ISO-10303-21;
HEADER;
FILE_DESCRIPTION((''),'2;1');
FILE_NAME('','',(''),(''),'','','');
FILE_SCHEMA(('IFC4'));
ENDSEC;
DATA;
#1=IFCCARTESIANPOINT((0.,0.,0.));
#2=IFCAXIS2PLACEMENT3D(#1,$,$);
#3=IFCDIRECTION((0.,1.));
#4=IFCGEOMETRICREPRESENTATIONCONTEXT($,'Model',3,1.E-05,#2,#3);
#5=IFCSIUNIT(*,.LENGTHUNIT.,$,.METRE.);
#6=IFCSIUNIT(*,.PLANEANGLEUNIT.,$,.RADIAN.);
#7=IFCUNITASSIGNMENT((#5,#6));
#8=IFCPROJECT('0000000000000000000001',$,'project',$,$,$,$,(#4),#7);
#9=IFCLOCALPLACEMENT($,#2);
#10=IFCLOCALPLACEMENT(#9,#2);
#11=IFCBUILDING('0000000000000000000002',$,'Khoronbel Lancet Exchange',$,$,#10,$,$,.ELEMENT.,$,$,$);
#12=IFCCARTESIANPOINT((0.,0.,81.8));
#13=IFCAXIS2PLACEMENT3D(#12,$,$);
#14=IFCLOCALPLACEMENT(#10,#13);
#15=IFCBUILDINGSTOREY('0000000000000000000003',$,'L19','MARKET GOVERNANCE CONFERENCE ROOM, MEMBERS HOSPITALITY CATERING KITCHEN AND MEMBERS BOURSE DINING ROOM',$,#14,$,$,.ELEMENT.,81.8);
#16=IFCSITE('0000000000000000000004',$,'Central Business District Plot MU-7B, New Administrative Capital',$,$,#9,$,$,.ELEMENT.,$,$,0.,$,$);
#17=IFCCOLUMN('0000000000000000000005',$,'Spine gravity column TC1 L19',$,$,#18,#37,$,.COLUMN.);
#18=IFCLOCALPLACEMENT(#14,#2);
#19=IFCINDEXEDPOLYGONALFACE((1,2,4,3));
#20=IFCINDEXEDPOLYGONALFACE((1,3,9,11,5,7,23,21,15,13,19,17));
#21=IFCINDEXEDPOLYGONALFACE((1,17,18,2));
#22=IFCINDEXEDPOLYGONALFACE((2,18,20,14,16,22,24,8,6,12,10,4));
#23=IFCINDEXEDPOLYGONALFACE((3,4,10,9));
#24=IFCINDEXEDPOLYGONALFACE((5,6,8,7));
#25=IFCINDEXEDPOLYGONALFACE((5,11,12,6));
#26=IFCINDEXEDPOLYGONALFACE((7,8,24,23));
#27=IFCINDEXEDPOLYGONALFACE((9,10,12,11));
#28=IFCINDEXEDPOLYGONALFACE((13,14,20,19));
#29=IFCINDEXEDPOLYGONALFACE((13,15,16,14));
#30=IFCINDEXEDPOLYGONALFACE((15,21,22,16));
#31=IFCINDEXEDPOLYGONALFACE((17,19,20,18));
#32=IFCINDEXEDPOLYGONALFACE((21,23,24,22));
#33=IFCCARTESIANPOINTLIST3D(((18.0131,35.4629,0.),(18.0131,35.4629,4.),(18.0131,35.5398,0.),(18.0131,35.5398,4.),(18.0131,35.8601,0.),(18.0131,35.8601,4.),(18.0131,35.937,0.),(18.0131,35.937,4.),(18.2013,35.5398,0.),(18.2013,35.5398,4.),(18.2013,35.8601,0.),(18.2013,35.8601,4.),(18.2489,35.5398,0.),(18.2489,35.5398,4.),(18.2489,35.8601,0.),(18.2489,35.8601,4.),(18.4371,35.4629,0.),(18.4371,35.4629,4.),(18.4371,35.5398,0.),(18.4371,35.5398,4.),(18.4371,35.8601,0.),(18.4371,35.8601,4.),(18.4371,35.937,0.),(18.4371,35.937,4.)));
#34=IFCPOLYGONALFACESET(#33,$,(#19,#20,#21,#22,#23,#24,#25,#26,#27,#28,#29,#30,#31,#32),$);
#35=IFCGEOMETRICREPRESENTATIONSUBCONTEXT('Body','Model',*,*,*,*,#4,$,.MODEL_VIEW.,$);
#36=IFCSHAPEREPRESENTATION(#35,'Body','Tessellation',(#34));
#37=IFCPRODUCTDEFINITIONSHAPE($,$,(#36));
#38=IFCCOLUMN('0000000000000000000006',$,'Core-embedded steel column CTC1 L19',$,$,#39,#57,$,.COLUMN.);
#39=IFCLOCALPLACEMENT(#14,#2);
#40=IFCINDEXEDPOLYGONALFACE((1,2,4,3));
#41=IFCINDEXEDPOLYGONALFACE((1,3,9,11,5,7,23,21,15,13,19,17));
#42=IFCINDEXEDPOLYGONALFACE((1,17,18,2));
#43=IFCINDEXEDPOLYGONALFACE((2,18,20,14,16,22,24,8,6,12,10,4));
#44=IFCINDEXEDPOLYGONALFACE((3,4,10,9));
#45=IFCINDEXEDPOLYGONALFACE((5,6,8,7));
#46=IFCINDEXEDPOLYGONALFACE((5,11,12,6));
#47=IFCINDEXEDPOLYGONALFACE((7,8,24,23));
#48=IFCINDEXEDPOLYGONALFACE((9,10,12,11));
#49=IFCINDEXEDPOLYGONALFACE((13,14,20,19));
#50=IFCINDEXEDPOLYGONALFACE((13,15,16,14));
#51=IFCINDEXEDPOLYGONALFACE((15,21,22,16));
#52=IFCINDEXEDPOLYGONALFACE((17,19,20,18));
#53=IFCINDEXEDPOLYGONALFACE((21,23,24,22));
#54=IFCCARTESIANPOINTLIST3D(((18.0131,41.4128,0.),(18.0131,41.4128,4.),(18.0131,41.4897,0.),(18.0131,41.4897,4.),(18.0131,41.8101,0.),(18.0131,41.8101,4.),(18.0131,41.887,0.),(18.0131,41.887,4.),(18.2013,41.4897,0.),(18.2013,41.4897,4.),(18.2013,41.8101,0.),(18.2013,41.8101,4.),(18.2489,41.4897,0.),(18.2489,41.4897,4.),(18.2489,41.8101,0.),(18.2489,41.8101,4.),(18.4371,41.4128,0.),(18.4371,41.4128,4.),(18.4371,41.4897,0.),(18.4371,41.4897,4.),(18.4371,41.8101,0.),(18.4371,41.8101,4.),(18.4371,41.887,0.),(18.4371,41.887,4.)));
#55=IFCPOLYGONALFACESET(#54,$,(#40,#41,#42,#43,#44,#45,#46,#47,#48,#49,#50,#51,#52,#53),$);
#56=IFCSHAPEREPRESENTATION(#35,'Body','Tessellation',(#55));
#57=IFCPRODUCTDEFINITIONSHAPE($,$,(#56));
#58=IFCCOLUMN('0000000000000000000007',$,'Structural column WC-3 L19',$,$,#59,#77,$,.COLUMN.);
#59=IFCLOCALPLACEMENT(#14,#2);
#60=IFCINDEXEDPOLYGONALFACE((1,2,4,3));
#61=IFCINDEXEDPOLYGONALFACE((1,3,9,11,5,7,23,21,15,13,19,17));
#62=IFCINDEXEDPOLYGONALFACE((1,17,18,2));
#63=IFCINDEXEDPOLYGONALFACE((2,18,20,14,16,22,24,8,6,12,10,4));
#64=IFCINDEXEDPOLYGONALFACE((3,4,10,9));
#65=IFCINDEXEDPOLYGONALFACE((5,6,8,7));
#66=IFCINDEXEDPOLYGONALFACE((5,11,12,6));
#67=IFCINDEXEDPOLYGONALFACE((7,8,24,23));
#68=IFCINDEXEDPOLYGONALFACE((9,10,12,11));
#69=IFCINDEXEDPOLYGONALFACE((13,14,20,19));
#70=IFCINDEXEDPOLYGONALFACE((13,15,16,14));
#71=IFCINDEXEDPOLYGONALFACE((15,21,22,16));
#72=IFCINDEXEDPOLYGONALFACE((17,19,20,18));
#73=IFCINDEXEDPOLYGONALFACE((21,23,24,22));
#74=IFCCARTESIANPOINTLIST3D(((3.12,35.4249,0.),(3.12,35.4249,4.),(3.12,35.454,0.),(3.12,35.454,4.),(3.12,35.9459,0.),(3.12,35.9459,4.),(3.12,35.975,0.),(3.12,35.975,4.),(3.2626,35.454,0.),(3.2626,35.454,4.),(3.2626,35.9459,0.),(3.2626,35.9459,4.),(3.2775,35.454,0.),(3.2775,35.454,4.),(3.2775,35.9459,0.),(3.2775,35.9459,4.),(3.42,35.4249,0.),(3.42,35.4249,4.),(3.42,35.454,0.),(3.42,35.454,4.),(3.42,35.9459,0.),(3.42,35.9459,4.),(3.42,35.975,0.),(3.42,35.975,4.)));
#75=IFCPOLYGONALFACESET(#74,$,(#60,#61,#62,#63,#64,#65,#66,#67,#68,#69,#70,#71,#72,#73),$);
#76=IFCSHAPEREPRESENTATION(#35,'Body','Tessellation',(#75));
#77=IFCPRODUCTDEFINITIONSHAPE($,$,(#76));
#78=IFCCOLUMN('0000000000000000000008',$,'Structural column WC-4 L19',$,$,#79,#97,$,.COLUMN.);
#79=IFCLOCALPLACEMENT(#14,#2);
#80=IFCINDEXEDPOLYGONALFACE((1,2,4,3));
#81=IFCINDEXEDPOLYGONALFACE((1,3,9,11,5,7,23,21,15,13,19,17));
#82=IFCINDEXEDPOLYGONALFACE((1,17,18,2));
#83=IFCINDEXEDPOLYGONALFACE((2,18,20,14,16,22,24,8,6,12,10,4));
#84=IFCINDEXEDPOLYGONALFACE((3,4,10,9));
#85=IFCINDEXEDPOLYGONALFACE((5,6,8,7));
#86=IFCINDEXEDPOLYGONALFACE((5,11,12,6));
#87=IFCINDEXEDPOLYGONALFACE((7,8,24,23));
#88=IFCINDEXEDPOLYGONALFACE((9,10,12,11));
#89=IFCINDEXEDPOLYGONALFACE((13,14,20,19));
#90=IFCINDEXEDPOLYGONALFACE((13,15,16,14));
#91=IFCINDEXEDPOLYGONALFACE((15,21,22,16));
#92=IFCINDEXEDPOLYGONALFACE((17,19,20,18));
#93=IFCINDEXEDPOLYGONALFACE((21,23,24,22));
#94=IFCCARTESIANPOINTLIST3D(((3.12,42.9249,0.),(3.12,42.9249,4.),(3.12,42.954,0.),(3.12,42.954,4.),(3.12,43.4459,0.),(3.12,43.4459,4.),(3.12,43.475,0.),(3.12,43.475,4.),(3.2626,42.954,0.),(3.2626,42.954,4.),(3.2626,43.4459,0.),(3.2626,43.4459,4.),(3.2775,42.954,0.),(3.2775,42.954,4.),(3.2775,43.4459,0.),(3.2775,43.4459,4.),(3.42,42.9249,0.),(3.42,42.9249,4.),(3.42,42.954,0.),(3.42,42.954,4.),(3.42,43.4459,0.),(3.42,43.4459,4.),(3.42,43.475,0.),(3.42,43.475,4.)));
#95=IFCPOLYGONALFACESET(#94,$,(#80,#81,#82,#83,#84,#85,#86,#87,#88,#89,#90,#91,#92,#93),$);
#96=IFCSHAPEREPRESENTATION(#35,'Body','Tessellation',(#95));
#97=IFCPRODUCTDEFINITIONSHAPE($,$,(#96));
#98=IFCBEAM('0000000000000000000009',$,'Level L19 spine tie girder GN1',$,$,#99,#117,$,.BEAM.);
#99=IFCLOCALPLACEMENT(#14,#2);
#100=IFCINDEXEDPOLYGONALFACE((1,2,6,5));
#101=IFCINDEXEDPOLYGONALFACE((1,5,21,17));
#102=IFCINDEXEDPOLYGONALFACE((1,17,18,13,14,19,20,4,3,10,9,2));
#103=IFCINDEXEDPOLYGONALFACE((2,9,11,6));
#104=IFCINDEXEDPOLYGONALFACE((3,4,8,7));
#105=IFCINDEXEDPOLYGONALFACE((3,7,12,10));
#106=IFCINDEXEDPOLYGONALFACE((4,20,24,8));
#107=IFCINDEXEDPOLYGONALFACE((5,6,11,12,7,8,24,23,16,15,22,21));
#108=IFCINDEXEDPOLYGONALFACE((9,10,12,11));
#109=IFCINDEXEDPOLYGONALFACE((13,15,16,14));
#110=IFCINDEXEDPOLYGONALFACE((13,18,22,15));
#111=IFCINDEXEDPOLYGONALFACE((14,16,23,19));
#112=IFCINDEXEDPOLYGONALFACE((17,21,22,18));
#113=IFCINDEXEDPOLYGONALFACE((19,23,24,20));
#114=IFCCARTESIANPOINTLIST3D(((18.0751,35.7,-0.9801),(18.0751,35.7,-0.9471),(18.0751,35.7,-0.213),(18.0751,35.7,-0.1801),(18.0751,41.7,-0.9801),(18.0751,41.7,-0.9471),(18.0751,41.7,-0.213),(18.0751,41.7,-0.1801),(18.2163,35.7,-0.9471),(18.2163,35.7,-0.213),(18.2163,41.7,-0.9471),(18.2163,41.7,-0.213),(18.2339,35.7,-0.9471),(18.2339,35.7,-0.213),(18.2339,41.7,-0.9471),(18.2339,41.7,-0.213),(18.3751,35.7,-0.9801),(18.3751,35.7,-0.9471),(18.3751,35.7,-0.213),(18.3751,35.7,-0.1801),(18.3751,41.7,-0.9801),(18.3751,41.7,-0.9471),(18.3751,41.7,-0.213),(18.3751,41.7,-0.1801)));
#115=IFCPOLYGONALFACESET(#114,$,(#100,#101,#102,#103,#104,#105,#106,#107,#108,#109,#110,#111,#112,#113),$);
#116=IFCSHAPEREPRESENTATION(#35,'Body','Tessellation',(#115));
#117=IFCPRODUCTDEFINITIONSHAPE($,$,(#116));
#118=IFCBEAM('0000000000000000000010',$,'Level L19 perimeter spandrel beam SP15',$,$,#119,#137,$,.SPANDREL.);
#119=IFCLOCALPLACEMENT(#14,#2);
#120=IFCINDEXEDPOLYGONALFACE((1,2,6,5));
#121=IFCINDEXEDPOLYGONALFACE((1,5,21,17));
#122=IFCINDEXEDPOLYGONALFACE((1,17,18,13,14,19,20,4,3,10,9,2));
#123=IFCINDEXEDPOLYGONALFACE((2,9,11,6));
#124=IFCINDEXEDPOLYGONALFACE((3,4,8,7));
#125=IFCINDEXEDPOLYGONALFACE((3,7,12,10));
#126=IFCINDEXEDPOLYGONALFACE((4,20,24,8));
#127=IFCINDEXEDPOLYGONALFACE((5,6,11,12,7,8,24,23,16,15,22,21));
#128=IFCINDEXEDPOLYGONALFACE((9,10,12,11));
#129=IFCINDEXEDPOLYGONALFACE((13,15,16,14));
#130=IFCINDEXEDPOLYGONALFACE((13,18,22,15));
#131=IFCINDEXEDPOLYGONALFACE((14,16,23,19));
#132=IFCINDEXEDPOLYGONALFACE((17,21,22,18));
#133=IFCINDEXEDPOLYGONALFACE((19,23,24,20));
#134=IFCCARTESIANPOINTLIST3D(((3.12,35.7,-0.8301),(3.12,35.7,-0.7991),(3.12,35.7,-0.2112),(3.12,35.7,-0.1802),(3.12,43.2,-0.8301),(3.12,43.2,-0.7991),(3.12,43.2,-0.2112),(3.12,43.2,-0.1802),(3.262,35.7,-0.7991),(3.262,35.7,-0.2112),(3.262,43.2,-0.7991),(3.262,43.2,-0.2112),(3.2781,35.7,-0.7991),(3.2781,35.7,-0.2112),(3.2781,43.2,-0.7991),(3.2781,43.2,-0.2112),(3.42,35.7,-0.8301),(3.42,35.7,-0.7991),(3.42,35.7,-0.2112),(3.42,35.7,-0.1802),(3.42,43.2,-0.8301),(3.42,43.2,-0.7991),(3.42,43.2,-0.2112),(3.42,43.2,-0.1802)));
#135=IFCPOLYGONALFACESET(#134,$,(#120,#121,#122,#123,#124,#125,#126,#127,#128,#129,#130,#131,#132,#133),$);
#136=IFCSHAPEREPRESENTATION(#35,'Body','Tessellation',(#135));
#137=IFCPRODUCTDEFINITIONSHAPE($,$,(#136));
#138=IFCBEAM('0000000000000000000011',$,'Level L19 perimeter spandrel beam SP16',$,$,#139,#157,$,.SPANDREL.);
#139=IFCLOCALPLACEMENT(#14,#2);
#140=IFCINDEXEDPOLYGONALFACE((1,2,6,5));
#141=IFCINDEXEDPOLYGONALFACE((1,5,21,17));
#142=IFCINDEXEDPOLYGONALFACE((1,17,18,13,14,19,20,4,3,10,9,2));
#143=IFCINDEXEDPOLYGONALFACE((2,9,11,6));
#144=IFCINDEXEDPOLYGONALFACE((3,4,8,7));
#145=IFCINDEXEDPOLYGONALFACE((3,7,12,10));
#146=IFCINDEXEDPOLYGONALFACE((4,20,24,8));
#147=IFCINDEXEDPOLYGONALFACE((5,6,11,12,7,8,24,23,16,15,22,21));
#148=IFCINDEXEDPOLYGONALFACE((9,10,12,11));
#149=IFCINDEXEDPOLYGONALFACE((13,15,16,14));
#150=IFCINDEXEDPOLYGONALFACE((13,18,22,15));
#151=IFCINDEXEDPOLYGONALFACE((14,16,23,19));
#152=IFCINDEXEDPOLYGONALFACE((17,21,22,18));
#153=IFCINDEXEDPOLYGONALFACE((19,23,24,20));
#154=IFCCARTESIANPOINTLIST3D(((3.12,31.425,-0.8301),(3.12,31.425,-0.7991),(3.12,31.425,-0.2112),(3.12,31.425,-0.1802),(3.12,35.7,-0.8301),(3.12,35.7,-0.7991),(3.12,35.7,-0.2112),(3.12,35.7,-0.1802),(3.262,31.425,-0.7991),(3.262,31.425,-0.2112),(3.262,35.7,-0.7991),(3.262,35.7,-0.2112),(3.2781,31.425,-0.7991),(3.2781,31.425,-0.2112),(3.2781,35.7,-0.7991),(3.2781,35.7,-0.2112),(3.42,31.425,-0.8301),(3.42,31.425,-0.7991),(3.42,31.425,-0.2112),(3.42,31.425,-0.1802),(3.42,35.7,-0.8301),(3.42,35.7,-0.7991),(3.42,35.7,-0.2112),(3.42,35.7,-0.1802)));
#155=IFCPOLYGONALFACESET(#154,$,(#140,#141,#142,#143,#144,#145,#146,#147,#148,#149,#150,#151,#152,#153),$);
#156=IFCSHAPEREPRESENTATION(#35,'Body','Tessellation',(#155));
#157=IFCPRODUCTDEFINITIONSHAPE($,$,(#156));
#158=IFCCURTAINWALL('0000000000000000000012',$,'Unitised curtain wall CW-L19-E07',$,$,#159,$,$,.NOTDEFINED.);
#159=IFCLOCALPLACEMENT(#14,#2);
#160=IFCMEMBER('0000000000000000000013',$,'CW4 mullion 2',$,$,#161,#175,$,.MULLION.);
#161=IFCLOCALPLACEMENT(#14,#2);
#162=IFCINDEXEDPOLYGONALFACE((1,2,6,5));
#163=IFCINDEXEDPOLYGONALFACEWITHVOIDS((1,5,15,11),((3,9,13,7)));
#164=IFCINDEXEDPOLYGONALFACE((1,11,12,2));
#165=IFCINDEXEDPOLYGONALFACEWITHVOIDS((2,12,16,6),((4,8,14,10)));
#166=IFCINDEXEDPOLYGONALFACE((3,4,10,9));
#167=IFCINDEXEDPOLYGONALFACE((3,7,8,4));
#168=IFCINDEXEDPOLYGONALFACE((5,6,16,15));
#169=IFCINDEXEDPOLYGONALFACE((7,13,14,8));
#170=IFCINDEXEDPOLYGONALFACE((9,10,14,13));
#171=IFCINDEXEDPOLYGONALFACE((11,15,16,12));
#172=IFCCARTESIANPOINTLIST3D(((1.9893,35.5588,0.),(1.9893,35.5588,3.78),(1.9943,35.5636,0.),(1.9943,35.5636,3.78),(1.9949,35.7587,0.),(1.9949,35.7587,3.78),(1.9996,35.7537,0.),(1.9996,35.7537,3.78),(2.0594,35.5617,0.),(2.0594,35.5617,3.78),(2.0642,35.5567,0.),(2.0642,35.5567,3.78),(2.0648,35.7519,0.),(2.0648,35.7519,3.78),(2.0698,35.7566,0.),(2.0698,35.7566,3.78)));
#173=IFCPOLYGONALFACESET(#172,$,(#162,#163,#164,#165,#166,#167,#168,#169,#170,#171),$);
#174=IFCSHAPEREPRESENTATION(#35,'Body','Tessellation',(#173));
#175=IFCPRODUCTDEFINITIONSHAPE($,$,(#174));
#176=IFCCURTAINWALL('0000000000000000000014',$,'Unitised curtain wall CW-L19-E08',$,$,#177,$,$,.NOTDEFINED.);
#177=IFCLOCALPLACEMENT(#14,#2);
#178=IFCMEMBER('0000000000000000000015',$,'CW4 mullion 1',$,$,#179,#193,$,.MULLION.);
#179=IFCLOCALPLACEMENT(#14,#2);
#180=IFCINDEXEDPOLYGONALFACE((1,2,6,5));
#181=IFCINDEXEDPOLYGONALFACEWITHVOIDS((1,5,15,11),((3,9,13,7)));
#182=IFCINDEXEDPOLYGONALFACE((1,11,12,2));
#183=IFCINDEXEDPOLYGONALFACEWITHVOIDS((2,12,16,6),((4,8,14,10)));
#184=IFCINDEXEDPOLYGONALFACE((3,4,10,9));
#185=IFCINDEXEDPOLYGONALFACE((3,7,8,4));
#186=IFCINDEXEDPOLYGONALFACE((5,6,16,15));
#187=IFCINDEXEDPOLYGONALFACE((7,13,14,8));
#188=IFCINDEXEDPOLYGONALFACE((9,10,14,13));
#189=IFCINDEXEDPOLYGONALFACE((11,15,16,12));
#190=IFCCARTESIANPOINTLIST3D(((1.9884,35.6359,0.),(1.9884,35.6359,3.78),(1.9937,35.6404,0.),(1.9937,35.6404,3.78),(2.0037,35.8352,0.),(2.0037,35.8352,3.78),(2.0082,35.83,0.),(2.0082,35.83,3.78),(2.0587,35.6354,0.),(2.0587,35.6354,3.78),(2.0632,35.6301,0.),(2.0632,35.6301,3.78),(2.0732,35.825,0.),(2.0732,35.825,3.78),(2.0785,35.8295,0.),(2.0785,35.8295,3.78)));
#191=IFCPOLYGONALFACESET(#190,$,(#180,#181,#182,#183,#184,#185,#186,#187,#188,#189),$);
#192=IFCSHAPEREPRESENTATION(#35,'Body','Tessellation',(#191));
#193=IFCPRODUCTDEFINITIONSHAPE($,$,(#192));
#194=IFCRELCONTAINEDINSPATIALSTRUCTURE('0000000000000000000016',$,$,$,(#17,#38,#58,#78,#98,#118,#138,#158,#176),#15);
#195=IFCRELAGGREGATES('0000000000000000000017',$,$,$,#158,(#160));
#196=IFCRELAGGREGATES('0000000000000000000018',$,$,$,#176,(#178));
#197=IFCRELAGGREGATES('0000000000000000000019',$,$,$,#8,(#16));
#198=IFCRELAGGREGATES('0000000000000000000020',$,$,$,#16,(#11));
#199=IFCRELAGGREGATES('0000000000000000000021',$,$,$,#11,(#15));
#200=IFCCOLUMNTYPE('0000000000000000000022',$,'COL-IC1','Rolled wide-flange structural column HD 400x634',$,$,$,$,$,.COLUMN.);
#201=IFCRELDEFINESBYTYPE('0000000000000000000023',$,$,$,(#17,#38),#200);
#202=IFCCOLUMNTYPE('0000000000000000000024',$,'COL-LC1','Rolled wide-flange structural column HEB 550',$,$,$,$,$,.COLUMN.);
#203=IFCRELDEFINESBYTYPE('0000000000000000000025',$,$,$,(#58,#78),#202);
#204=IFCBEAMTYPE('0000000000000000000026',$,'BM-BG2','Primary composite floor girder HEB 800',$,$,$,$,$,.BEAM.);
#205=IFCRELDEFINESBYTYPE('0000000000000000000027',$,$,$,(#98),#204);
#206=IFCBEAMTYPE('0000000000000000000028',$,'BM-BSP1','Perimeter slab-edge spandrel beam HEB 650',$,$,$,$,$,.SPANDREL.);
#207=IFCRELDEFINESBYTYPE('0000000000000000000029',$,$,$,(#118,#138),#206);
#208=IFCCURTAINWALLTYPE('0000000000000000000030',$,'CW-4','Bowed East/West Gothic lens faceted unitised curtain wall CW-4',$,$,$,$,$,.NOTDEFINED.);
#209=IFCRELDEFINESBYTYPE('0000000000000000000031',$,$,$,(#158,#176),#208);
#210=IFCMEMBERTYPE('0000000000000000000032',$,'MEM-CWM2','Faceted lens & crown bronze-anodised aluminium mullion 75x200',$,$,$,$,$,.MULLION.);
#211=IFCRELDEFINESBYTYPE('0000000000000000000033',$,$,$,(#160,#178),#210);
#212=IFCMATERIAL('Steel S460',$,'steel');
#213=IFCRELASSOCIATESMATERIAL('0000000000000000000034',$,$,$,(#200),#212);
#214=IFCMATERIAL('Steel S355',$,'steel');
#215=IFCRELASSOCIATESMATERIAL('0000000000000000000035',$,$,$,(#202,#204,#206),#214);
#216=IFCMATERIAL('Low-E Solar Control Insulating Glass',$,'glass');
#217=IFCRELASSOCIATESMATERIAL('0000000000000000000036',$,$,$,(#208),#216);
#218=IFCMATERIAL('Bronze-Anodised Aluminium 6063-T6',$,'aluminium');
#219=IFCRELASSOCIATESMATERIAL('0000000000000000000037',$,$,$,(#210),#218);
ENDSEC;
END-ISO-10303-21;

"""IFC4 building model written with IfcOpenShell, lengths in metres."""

from ifc_helpers import new_model, si_unit, direction, frame, origin, origin_2d, place, context, subcontext, project, spatial, hollow_rectangle, i_section, extrude, material, material_profile, profile_set, type_object, element, aggregate, save


model = new_model("IFC4")

# Units and contexts
model_context = context("Model", 3, precision=1e-05, world=origin(), true_north=direction((0.0, 1.0)))
body_context = subcontext(model_context, "Body", "Model", "MODEL_VIEW")
ifc_project = project(units=[si_unit("LENGTHUNIT", "METRE"), si_unit("PLANEANGLEUNIT", "RADIAN")], contexts=[model_context])

# Site, building, storey
site_placement = place(None, origin())
site = spatial("IfcSite", under=ifc_project, at=site_placement, Name="Central Business District Plot MU-7B, New Administrative Capital", CompositionType="ELEMENT", RefElevation=0.0)
building_placement = place(site_placement, origin())
building = spatial("IfcBuilding", under=site, at=building_placement, Name="Khoronbel Lancet Exchange", CompositionType="ELEMENT")
storey_placement = place(building_placement, frame((0.0, 0.0, 81.8)))
storey = spatial("IfcBuildingStorey", under=building, at=storey_placement, Name="L19", Description="MARKET GOVERNANCE CONFERENCE ROOM, MEMBERS HOSPITALITY CATERING KITCHEN AND MEMBERS BOURSE DINING ROOM", CompositionType="ELEMENT", Elevation=81.8)

# Columns
ifc_material_1 = material(Name="Steel S460", Category="steel")
ifc_material_profile_1 = material_profile(ifc_material_1, i_section(OverallWidth=0.4241, OverallDepth=0.4741, WebThickness=0.0476, FlangeThickness=0.0769, at=origin_2d()), Name="HD 400x634")
ifc_profile_set_1 = profile_set([ifc_material_profile_1], Name="Steel S460")
column_type_1 = type_object("IfcColumnType", Name="COL-IC1", Description="Rolled wide-flange structural column HD 400x634", PredefinedType="COLUMN", material=ifc_profile_set_1)
for number, where, z_axis, x_axis, name in (
    (1, (18.2251, 35.7, 0.0), (0.0, 0.0, 1.0), (1.0, 0.0, 0.0), "Spine gravity column TC1 L19"),
    (2, (18.2251, 41.6499, 0.0), (0.0, 0.0, 1.0), (1.0, 0.0, 0.0), "Core-embedded steel column CTC1 L19"),
):
    element("IfcColumn", number, at=place(storey_placement, frame(where, z_axis=z_axis, x_axis=x_axis)), inside=storey, type_object=column_type_1, Name=name, PredefinedType="COLUMN", context=body_context, shape_type="SweptSolid", body=[
        extrude(i_section(OverallWidth=0.4241, OverallDepth=0.4741, WebThickness=0.0476, FlangeThickness=0.0769, at=origin_2d()), origin(), (0.0, 0.0, 1.0), 4.0),
    ])
ifc_material_2 = material(Name="Steel S355", Category="steel")
ifc_material_profile_2 = material_profile(ifc_material_2, i_section(OverallWidth=0.3, OverallDepth=0.55, WebThickness=0.0149, FlangeThickness=0.0291, at=origin_2d()), Name="HEB 550")
ifc_profile_set_2 = profile_set([ifc_material_profile_2], Name="Steel S355")
column_type_2 = type_object("IfcColumnType", Name="COL-LC1", Description="Rolled wide-flange structural column HEB 550", PredefinedType="COLUMN", material=ifc_profile_set_2)
for number, where, z_axis, x_axis, name in (
    (3, (3.27, 35.7, 0.0), (0.0, 0.0, 1.0), (1.0, 0.0, 0.0), "Structural column WC-3 L19"),
    (4, (3.27, 43.2, 0.0), (0.0, 0.0, 1.0), (1.0, 0.0, 0.0), "Structural column WC-4 L19"),
):
    element("IfcColumn", number, at=place(storey_placement, frame(where, z_axis=z_axis, x_axis=x_axis)), inside=storey, type_object=column_type_2, Name=name, PredefinedType="COLUMN", context=body_context, shape_type="SweptSolid", body=[
        extrude(i_section(OverallWidth=0.3, OverallDepth=0.55, WebThickness=0.0149, FlangeThickness=0.0291, at=origin_2d()), origin(), (0.0, 0.0, 1.0), 4.0),
    ])

# Beams
ifc_material_profile_3 = material_profile(ifc_material_2, i_section(OverallWidth=0.3, OverallDepth=0.8, WebThickness=0.0176, FlangeThickness=0.033, at=origin_2d()), Name="HEB 800")
ifc_profile_set_3 = profile_set([ifc_material_profile_3], Name="Steel S355")
beam_type_1 = type_object("IfcBeamType", Name="BM-BG2", Description="Primary composite floor girder HEB 800", PredefinedType="BEAM", material=ifc_profile_set_3)
beam_1_placement = place(storey_placement, frame((18.2251, 35.7, -0.5801), z_axis=(0.0, 1.0, 0.0), x_axis=(-1.0, 0.0, 0.0)))
element("IfcBeam", 5, at=beam_1_placement, inside=storey, type_object=beam_type_1, Name="Level L19 spine tie girder GN1", PredefinedType="BEAM", context=body_context, shape_type="SweptSolid", body=[
    extrude(i_section(OverallWidth=0.3, OverallDepth=0.8, WebThickness=0.0176, FlangeThickness=0.033, at=origin_2d()), origin(), (0.0, 0.0, 1.0), 6.0),
])
ifc_material_profile_4 = material_profile(ifc_material_2, i_section(OverallWidth=0.3, OverallDepth=0.6499, WebThickness=0.0161, FlangeThickness=0.031, at=origin_2d()), Name="HEB 650")
ifc_profile_set_4 = profile_set([ifc_material_profile_4], Name="Steel S355")
beam_type_2 = type_object("IfcBeamType", Name="BM-BSP1", Description="Perimeter slab-edge spandrel beam HEB 650", PredefinedType="SPANDREL", material=ifc_profile_set_4)
beam_2_placement = place(storey_placement, frame((3.27, 43.2, -0.5051), z_axis=(0.0, -1.0, 0.0), x_axis=(1.0, 0.0, 0.0)))
element("IfcBeam", 6, at=beam_2_placement, inside=storey, type_object=beam_type_2, Name="Level L19 perimeter spandrel beam SP15", PredefinedType="SPANDREL", context=body_context, shape_type="SweptSolid", body=[
    extrude(i_section(OverallWidth=0.3, OverallDepth=0.6499, WebThickness=0.0161, FlangeThickness=0.031, at=origin_2d()), origin(), (0.0, 0.0, 1.0), 7.5),
])
beam_3_placement = place(storey_placement, frame((3.27, 35.7, -0.5051), z_axis=(0.0, -1.0, 0.0), x_axis=(1.0, 0.0, 0.0)))
element("IfcBeam", 7, at=beam_3_placement, inside=storey, type_object=beam_type_2, Name="Level L19 perimeter spandrel beam SP16", PredefinedType="SPANDREL", context=body_context, shape_type="SweptSolid", body=[
    extrude(i_section(OverallWidth=0.3, OverallDepth=0.6499, WebThickness=0.0161, FlangeThickness=0.031, at=origin_2d()), origin(), (0.0, 0.0, 1.0), 4.2749),
])

# Curtain wall, member
ifc_material_3 = material(Name="Low-E Solar Control Insulating Glass", Category="glass")
curtain_wall_type = type_object("IfcCurtainWallType", Name="CW-4", Description="Bowed East/West Gothic lens faceted unitised curtain wall CW-4", PredefinedType="NOTDEFINED", material=ifc_material_3)
curtain_wall_1_placement = place(storey_placement, origin())
curtain_wall_1 = element("IfcCurtainWall", 8, at=curtain_wall_1_placement, inside=storey, type_object=curtain_wall_type, Name="Unitised curtain wall CW-L19-E07", PredefinedType="NOTDEFINED")
ifc_material_4 = material(Name="Bronze-Anodised Aluminium 6063-T6", Category="aluminium")
ifc_material_profile_5 = material_profile(ifc_material_4, hollow_rectangle(XDim=0.075, YDim=0.2, WallThickness=0.0049, at=origin_2d()), Name="ALU MULLION 75x200")
ifc_profile_set_5 = profile_set([ifc_material_profile_5], Name="Bronze-Anodised Aluminium 6063-T6")
member_type_1 = type_object("IfcMemberType", Name="MEM-CWM2", Description="Faceted lens & crown bronze-anodised aluminium mullion 75x200", PredefinedType="MULLION", material=ifc_profile_set_5)
member_1_placement = place(storey_placement, frame((2.0295, 35.6577, 0.0), z_axis=(0.0, 0.0, 1.0), x_axis=(-0.999604, 0.028135, 0.0)))
member_1 = element("IfcMember", 9, at=member_1_placement, type_object=member_type_1, Name="CW4 mullion 2", PredefinedType="MULLION", context=body_context, shape_type="SweptSolid", body=[
    extrude(hollow_rectangle(XDim=0.075, YDim=0.2, WallThickness=0.0049, at=origin_2d()), origin(), (0.0, 0.0, 1.0), 3.78),
])
aggregate(curtain_wall_1, [member_1])

# Curtain wall, member
curtain_wall_2_placement = place(storey_placement, origin())
curtain_wall_2 = element("IfcCurtainWall", 10, at=curtain_wall_2_placement, inside=storey, type_object=curtain_wall_type, Name="Unitised curtain wall CW-L19-E08", PredefinedType="NOTDEFINED")
member_2_placement = place(storey_placement, frame((2.0334, 35.7327, 0.0), z_axis=(0.0, 0.0, 1.0), x_axis=(-0.99706, 0.076626, 0.0)))
member_2 = element("IfcMember", 11, at=member_2_placement, type_object=member_type_1, Name="CW4 mullion 1", PredefinedType="MULLION", context=body_context, shape_type="SweptSolid", body=[
    extrude(hollow_rectangle(XDim=0.075, YDim=0.2, WallThickness=0.0049, at=origin_2d()), origin(), (0.0, 0.0, 1.0), 3.78),
])

aggregate(curtain_wall_2, [member_2])

save(model, "model.ifc")
